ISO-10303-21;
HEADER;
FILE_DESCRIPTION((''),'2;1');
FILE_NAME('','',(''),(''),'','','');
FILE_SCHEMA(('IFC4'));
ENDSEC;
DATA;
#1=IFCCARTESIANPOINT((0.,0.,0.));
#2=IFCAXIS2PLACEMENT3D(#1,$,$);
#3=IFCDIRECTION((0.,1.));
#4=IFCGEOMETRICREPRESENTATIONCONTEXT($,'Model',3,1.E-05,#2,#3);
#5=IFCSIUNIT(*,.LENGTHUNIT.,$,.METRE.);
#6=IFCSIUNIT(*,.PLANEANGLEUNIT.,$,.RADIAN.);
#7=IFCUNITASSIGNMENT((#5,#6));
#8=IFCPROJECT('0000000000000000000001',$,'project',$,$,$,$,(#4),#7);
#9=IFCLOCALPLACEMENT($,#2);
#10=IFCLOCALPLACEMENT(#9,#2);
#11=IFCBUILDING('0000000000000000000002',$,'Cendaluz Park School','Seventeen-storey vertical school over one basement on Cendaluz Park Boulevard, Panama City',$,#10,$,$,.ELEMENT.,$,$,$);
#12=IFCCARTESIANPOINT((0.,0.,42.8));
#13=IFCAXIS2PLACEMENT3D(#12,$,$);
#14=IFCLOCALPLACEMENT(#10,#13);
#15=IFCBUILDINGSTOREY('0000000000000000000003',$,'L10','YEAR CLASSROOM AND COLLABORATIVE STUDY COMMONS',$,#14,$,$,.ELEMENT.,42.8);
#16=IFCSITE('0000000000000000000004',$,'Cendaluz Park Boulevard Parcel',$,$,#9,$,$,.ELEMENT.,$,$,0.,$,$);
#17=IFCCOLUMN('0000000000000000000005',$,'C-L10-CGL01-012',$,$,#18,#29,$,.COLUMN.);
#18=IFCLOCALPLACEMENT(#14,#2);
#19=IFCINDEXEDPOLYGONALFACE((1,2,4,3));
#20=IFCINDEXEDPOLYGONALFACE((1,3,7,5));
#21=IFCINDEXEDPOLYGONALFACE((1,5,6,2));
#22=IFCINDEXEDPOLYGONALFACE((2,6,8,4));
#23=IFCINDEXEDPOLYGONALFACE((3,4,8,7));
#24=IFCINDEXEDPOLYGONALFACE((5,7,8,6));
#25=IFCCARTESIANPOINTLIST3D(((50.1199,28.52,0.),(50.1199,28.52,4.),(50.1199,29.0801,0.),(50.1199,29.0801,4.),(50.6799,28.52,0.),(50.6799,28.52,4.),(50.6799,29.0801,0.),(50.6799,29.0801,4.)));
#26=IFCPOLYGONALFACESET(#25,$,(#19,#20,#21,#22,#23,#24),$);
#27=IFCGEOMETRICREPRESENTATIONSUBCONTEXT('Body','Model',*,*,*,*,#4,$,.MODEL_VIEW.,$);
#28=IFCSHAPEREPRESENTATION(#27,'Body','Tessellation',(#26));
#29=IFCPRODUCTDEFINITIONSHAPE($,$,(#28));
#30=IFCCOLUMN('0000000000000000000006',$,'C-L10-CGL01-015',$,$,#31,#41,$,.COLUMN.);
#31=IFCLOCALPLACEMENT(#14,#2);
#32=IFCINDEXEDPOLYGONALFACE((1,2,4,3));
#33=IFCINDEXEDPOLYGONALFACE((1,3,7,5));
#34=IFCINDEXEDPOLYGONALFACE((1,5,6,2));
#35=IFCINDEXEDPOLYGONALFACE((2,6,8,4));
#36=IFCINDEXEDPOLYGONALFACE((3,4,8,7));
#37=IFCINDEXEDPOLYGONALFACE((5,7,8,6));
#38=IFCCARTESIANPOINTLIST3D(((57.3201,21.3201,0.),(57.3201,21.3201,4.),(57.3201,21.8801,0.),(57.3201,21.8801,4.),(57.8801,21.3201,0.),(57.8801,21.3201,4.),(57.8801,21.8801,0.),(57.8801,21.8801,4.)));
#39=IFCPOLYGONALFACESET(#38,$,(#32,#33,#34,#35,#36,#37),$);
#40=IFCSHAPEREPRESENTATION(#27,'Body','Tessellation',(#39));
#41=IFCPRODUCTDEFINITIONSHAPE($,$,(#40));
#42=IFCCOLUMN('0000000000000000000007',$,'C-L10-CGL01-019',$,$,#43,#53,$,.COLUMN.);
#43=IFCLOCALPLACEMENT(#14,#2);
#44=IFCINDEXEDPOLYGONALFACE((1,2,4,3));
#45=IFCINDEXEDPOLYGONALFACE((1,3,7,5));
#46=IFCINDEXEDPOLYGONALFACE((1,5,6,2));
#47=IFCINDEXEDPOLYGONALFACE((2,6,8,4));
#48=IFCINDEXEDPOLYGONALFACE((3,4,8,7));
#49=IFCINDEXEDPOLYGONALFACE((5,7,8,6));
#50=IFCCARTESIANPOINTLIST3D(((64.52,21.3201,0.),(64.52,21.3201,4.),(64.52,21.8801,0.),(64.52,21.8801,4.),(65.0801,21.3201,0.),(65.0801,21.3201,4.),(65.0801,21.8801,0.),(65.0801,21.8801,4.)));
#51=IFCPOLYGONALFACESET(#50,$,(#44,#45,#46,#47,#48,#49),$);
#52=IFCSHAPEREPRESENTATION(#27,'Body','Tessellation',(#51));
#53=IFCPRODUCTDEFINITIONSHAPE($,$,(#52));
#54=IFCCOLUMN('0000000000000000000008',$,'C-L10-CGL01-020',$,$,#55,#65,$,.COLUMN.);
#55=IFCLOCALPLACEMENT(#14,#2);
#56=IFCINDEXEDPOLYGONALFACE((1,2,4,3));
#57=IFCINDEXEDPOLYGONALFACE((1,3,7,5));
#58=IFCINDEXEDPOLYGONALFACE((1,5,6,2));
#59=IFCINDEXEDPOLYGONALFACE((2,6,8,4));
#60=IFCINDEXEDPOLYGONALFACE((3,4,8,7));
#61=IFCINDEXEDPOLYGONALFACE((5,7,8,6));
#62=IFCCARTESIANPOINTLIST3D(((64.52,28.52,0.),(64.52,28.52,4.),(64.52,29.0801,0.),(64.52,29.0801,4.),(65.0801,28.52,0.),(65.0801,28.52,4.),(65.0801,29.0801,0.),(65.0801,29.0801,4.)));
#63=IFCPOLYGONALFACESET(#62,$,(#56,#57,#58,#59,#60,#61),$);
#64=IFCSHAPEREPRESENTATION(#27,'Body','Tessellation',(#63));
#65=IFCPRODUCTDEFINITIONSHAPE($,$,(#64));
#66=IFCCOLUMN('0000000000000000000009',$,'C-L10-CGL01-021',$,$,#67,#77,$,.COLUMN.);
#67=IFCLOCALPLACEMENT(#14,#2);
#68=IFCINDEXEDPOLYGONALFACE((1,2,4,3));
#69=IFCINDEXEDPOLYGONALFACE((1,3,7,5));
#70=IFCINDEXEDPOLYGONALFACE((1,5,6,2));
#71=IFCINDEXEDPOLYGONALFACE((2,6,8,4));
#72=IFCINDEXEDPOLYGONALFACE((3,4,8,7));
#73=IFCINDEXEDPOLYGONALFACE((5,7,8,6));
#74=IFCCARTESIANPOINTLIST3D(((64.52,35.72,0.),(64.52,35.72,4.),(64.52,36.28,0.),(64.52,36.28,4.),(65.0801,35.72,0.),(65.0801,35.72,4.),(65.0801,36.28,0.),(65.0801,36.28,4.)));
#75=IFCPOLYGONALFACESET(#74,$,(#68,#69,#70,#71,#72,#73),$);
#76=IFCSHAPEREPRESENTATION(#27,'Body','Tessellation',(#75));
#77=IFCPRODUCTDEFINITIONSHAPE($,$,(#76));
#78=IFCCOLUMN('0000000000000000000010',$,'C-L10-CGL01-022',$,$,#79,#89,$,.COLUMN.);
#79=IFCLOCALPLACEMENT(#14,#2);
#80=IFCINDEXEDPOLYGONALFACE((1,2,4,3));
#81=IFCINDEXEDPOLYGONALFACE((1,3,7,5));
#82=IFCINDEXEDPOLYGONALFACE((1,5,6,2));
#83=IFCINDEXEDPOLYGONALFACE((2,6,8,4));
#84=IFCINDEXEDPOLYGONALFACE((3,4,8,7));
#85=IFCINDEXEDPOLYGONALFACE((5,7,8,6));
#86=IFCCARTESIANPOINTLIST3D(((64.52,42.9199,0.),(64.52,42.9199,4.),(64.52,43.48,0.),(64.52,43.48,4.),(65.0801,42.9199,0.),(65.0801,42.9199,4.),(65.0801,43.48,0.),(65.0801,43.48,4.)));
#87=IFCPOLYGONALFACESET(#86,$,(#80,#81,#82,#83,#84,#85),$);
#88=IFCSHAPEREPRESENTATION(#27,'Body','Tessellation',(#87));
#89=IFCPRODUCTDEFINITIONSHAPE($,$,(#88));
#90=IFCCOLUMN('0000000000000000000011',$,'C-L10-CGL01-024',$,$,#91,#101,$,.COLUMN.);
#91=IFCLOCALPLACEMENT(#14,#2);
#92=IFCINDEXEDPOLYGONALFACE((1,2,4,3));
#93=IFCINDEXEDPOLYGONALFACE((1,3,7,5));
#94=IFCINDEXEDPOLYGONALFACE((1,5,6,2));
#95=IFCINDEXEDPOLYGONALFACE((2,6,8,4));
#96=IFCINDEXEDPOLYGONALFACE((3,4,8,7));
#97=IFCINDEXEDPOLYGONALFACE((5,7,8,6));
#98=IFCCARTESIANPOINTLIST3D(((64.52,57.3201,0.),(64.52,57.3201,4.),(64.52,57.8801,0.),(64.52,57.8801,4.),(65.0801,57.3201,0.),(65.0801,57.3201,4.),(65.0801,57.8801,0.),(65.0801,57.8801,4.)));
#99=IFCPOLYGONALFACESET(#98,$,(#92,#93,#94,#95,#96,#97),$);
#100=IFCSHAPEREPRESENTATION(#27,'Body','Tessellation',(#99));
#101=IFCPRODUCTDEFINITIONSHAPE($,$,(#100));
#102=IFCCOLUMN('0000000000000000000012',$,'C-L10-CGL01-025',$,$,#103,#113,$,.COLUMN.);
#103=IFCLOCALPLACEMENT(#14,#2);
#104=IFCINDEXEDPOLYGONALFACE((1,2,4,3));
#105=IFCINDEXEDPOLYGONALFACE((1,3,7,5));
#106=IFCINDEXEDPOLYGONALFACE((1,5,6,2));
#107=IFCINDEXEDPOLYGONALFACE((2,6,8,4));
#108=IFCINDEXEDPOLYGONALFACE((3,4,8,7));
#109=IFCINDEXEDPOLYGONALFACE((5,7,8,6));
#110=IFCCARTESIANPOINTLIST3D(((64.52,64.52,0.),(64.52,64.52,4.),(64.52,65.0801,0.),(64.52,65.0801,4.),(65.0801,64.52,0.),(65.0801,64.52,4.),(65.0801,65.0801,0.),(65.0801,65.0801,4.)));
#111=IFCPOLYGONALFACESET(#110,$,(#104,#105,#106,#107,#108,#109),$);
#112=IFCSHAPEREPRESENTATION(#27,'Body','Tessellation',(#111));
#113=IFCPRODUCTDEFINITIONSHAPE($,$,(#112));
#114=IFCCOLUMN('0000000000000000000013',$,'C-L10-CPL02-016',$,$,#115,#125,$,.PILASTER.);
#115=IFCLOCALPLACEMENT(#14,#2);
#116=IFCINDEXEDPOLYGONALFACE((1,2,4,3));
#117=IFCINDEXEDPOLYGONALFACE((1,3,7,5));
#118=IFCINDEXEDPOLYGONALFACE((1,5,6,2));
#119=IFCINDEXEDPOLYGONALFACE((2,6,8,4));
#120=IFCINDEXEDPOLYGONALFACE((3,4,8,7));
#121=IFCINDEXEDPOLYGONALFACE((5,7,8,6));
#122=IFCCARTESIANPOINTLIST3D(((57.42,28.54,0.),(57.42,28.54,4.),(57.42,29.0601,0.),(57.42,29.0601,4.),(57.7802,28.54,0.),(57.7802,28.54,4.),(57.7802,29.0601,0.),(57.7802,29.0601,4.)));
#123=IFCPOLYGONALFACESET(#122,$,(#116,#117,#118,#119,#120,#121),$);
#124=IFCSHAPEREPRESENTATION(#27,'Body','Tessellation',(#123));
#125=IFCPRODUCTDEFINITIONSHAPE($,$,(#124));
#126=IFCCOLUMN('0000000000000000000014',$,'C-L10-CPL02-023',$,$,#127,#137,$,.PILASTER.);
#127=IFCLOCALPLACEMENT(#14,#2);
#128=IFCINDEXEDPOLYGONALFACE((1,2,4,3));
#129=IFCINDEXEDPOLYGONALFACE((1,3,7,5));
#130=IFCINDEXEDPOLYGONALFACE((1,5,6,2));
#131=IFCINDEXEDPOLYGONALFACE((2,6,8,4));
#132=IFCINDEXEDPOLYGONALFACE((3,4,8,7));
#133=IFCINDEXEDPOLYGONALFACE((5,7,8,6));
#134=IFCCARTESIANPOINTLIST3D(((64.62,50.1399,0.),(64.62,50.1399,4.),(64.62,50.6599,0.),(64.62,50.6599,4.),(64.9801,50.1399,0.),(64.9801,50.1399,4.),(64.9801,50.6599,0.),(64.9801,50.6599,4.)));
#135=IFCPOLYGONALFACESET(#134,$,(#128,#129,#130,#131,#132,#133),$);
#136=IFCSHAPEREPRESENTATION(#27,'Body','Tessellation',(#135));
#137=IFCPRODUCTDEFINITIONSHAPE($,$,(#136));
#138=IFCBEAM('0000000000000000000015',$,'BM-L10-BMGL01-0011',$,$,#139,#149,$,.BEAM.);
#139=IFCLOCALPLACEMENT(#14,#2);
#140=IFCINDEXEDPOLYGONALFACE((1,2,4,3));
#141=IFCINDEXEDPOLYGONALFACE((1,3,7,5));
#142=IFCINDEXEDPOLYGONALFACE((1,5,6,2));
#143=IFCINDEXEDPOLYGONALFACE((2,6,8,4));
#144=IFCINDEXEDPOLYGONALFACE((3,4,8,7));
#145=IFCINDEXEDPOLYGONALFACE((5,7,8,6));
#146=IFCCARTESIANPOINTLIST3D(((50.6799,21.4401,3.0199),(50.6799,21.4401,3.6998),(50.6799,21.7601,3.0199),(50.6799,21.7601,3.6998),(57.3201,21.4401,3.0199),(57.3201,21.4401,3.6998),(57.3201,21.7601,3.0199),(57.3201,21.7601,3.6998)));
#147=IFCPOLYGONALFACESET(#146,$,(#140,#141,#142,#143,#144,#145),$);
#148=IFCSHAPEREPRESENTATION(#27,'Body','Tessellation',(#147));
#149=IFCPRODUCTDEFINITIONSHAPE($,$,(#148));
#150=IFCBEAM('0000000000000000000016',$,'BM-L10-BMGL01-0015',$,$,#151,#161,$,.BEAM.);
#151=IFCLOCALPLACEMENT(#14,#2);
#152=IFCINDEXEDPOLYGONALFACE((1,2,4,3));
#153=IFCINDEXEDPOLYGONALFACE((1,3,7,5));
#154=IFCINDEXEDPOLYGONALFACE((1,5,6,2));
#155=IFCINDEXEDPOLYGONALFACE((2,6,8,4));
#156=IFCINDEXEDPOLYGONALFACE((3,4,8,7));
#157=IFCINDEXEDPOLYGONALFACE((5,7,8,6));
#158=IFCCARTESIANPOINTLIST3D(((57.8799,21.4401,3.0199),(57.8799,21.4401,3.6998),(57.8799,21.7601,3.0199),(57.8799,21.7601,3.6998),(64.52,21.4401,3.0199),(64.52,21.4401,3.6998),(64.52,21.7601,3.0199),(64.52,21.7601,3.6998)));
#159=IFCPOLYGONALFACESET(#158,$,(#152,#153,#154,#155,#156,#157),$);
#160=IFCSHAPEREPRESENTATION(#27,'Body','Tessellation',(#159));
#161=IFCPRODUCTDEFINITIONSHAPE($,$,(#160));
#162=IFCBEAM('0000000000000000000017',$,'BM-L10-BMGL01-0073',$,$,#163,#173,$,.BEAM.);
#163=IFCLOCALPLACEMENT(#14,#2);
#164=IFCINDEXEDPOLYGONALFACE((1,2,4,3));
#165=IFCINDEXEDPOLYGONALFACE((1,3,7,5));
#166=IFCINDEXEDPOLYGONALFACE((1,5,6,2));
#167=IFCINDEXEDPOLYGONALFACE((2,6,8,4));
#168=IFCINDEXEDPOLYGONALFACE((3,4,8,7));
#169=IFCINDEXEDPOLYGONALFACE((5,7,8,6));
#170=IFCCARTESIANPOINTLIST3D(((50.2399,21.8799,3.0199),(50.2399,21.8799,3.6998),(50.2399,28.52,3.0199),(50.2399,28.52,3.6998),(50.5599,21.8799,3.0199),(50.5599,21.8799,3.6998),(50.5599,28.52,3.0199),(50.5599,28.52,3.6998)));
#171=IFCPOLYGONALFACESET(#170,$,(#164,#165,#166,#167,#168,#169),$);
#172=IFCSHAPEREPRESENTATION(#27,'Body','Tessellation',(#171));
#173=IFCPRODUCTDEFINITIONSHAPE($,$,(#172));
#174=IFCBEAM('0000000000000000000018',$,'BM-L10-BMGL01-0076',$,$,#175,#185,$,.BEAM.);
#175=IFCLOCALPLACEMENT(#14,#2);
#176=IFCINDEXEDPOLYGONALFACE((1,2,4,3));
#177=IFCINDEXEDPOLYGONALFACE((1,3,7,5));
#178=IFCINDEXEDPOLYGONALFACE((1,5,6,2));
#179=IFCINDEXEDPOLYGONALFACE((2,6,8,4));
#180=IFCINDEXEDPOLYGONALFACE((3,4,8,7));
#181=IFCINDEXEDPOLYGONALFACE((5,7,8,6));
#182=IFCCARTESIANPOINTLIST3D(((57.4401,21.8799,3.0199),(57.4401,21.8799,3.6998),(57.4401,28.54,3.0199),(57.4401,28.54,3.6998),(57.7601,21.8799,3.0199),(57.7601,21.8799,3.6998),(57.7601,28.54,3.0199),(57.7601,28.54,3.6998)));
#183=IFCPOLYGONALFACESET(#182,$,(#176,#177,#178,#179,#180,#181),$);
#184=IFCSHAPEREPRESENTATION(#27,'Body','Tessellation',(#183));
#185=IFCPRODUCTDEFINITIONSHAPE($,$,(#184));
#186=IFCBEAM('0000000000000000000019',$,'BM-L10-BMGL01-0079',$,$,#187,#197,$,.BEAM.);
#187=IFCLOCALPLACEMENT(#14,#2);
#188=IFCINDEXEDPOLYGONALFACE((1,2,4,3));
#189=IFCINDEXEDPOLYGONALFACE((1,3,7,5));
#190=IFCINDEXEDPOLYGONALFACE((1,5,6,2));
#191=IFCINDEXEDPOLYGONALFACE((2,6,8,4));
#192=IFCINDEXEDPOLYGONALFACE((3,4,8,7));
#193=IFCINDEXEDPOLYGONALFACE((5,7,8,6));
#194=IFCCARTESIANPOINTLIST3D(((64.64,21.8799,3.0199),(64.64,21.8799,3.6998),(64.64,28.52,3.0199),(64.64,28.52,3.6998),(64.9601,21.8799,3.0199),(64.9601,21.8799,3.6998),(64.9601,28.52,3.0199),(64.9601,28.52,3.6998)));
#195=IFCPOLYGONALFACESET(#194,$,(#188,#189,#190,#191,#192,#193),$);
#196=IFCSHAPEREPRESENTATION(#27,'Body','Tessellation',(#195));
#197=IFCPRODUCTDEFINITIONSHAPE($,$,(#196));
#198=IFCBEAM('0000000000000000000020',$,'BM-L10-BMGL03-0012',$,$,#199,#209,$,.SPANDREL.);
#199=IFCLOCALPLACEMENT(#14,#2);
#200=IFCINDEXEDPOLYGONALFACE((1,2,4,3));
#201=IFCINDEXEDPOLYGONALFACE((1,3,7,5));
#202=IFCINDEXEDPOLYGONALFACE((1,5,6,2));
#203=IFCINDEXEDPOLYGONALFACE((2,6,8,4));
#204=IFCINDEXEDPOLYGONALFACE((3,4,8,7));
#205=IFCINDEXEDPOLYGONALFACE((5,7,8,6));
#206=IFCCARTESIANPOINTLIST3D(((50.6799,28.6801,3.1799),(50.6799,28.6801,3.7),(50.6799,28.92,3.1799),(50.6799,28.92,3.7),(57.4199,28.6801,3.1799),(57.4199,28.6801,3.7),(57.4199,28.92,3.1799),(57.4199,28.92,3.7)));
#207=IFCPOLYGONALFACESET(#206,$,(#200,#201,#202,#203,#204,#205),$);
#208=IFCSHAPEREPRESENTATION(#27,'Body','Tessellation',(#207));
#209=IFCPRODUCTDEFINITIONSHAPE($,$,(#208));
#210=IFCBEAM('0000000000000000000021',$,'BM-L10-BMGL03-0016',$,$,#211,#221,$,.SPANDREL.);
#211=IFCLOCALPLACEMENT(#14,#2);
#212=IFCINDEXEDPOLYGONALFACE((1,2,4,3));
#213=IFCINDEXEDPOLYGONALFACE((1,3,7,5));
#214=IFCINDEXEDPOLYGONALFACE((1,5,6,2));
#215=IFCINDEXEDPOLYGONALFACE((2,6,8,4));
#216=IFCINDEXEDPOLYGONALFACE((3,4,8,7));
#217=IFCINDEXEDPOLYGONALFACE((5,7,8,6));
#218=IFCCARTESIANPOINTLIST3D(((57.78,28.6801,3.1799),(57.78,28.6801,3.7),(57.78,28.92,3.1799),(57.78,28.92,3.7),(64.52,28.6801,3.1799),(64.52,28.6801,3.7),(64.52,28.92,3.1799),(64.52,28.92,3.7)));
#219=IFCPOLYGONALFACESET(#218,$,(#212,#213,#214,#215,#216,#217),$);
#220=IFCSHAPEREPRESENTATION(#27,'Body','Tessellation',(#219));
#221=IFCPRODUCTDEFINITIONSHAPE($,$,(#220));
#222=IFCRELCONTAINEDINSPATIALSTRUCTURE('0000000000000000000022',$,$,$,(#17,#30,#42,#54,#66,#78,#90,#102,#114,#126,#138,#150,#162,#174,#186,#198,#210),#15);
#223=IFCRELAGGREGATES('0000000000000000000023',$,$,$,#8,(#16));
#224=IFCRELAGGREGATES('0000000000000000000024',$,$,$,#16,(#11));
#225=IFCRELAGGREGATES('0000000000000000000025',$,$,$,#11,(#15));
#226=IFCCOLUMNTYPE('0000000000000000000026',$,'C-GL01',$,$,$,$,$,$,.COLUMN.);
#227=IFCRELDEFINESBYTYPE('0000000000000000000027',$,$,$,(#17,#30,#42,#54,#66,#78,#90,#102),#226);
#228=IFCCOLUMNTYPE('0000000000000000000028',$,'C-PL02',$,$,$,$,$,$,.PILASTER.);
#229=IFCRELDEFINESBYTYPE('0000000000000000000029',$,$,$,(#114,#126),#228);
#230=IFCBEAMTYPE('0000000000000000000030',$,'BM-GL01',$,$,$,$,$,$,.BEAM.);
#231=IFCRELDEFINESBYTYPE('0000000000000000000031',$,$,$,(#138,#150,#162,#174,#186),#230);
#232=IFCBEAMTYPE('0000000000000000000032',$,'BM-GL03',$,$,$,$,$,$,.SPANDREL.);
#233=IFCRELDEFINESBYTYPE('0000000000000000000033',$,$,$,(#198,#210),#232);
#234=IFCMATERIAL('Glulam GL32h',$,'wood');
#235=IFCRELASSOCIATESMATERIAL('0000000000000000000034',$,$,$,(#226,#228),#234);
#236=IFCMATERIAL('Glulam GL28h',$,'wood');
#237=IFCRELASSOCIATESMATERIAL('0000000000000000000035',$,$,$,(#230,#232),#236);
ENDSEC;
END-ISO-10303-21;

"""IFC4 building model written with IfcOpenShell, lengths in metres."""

from ifc_helpers import new_model, si_unit, direction, frame, origin, origin_2d, place, context, subcontext, project, spatial, rectangle, extrude, material, material_profile, profile_set, type_object, element, save


model = new_model("IFC4")

# Units and contexts
model_context = context("Model", 3, precision=1e-05, world=origin(), true_north=direction((0.0, 1.0)))
body_context = subcontext(model_context, "Body", "Model", "MODEL_VIEW")
ifc_project = project(units=[si_unit("LENGTHUNIT", "METRE"), si_unit("PLANEANGLEUNIT", "RADIAN")], contexts=[model_context])

# Site, building, storey
site_placement = place(None, origin())
site = spatial("IfcSite", under=ifc_project, at=site_placement, Name="Cendaluz Park Boulevard Parcel", CompositionType="ELEMENT", RefElevation=0.0)
building_placement = place(site_placement, origin())
building = spatial("IfcBuilding", under=site, at=building_placement, Name="Cendaluz Park School", Description="Seventeen-storey vertical school over one basement on Cendaluz Park Boulevard, Panama City", CompositionType="ELEMENT")
storey_placement = place(building_placement, frame((0.0, 0.0, 42.8)))
storey = spatial("IfcBuildingStorey", under=building, at=storey_placement, Name="L10", Description="YEAR CLASSROOM AND COLLABORATIVE STUDY COMMONS", CompositionType="ELEMENT", Elevation=42.8)

# Columns
ifc_material_1 = material(Name="Glulam GL32h", Category="wood")
ifc_material_profile_1 = material_profile(ifc_material_1, rectangle(XDim=0.5601, YDim=0.5601, at=origin_2d()), Name="GL32h 560x560", Category="wood")
ifc_profile_set_1 = profile_set([ifc_material_profile_1], Name="Glulam GL32h")
column_type_1 = type_object("IfcColumnType", Name="C-GL01", PredefinedType="COLUMN", material=ifc_profile_set_1)
for number, where, z_axis, x_axis, name in (
    (1, (50.3999, 28.8, 0.0), (0.0, 0.0, 1.0), (1.0, 0.0, 0.0), "C-L10-CGL01-012"),
    (2, (57.6001, 21.6001, 0.0), (0.0, 0.0, 1.0), (1.0, 0.0, 0.0), "C-L10-CGL01-015"),
    (3, (64.8, 21.6001, 0.0), (0.0, 0.0, 1.0), (1.0, 0.0, 0.0), "C-L10-CGL01-019"),
    (4, (64.8, 28.8, 0.0), (0.0, 0.0, 1.0), (1.0, 0.0, 0.0), "C-L10-CGL01-020"),
    (5, (64.8, 36.0, 0.0), (0.0, 0.0, 1.0), (1.0, 0.0, 0.0), "C-L10-CGL01-021"),
    (6, (64.8, 43.2, 0.0), (0.0, 0.0, 1.0), (1.0, 0.0, 0.0), "C-L10-CGL01-022"),
    (7, (64.8, 57.6001, 0.0), (0.0, 0.0, 1.0), (1.0, 0.0, 0.0), "C-L10-CGL01-024"),
    (8, (64.8, 64.8, 0.0), (0.0, 0.0, 1.0), (1.0, 0.0, 0.0), "C-L10-CGL01-025"),
):
    element("IfcColumn", number, at=place(storey_placement, frame(where, z_axis=z_axis, x_axis=x_axis)), inside=storey, type_object=column_type_1, Name=name, PredefinedType="COLUMN", context=body_context, shape_type="SweptSolid", body=[
        extrude(rectangle(XDim=0.5601, YDim=0.5601, at=origin_2d()), origin(), (0.0, 0.0, 1.0), 4.0),
    ])
ifc_material_profile_2 = material_profile(ifc_material_1, rectangle(XDim=0.3601, YDim=0.52, at=origin_2d()), Name="GL32h 360x520", Category="wood")
ifc_profile_set_2 = profile_set([ifc_material_profile_2], Name="Glulam GL32h")
column_type_2 = type_object("IfcColumnType", Name="C-PL02", PredefinedType="PILASTER", material=ifc_profile_set_2)
for number, where, z_axis, x_axis, name in (
    (9, (57.6001, 28.8, 0.0), (0.0, 0.0, 1.0), (1.0, 0.0, 0.0), "C-L10-CPL02-016"),
    (10, (64.8, 50.3999, 0.0), (0.0, 0.0, 1.0), (1.0, 0.0, 0.0), "C-L10-CPL02-023"),
):
    element("IfcColumn", number, at=place(storey_placement, frame(where, z_axis=z_axis, x_axis=x_axis)), inside=storey, type_object=column_type_2, Name=name, PredefinedType="PILASTER", context=body_context, shape_type="SweptSolid", body=[
        extrude(rectangle(XDim=0.3601, YDim=0.52, at=origin_2d()), origin(), (0.0, 0.0, 1.0), 4.0),
    ])

# Beams
ifc_material_2 = material(Name="Glulam GL28h", Category="wood")
ifc_material_profile_3 = material_profile(ifc_material_2, rectangle(XDim=0.3201, YDim=0.6799, at=origin_2d()), Name="GL28h 320x680", Category="wood")
ifc_profile_set_3 = profile_set([ifc_material_profile_3], Name="Glulam GL28h")
beam_type_1 = type_object("IfcBeamType", Name="BM-GL01", PredefinedType="BEAM", material=ifc_profile_set_3)
for number, where, z_axis, x_axis, name in (
    (11, (50.6799, 21.6001, 3.3599), (1.0, 0.0, 0.0), (0.0, 1.0, 0.0), "BM-L10-BMGL01-0011"),
    (12, (57.8799, 21.6001, 3.3599), (1.0, 0.0, 0.0), (0.0, 1.0, 0.0), "BM-L10-BMGL01-0015"),
    (13, (50.3999, 21.8799, 3.3599), (0.0, 1.0, 0.0), (-1.0, 0.0, 0.0), "BM-L10-BMGL01-0073"),
):
    element("IfcBeam", number, at=place(storey_placement, frame(where, z_axis=z_axis, x_axis=x_axis)), inside=storey, type_object=beam_type_1, Name=name, PredefinedType="BEAM", context=body_context, shape_type="SweptSolid", body=[
        extrude(rectangle(XDim=0.3201, YDim=0.6799, at=origin_2d()), origin(), (0.0, 0.0, 1.0), 6.6401),
    ])
beam_1_placement = place(storey_placement, frame((57.6001, 21.8799, 3.3599), z_axis=(0.0, 1.0, 0.0), x_axis=(-1.0, 0.0, 0.0)))
element("IfcBeam", 14, at=beam_1_placement, inside=storey, type_object=beam_type_1, Name="BM-L10-BMGL01-0076", PredefinedType="BEAM", context=body_context, shape_type="SweptSolid", body=[
    extrude(rectangle(XDim=0.3201, YDim=0.6799, at=origin_2d()), origin(), (0.0, 0.0, 1.0), 6.6602),
])
beam_2_placement = place(storey_placement, frame((64.8, 21.8799, 3.3599), z_axis=(0.0, 1.0, 0.0), x_axis=(-1.0, 0.0, 0.0)))
element("IfcBeam", 15, at=beam_2_placement, inside=storey, type_object=beam_type_1, Name="BM-L10-BMGL01-0079", PredefinedType="BEAM", context=body_context, shape_type="SweptSolid", body=[
    extrude(rectangle(XDim=0.3201, YDim=0.6799, at=origin_2d()), origin(), (0.0, 0.0, 1.0), 6.6401),
])
ifc_material_profile_4 = material_profile(ifc_material_2, rectangle(XDim=0.24, YDim=0.52, at=origin_2d()), Name="GL28h 240x520", Category="wood")
ifc_profile_set_4 = profile_set([ifc_material_profile_4], Name="Glulam GL28h")
beam_type_2 = type_object("IfcBeamType", Name="BM-GL03", PredefinedType="SPANDREL", material=ifc_profile_set_4)
for number, where, z_axis, x_axis, name in (
    (16, (50.6799, 28.8, 3.4399), (1.0, 0.0, 0.0), (0.0, 1.0, 0.0), "BM-L10-BMGL03-0012"),
    (17, (57.78, 28.8, 3.4399), (1.0, 0.0, 0.0), (0.0, 1.0, 0.0), "BM-L10-BMGL03-0016"),
):
    element("IfcBeam", number, at=place(storey_placement, frame(where, z_axis=z_axis, x_axis=x_axis)), inside=storey, type_object=beam_type_2, Name=name, PredefinedType="SPANDREL", context=body_context, shape_type="SweptSolid", body=[
        extrude(rectangle(XDim=0.24, YDim=0.52, at=origin_2d()), origin(), (0.0, 0.0, 1.0), 6.74),
    ])

save(model, "model.ifc")
